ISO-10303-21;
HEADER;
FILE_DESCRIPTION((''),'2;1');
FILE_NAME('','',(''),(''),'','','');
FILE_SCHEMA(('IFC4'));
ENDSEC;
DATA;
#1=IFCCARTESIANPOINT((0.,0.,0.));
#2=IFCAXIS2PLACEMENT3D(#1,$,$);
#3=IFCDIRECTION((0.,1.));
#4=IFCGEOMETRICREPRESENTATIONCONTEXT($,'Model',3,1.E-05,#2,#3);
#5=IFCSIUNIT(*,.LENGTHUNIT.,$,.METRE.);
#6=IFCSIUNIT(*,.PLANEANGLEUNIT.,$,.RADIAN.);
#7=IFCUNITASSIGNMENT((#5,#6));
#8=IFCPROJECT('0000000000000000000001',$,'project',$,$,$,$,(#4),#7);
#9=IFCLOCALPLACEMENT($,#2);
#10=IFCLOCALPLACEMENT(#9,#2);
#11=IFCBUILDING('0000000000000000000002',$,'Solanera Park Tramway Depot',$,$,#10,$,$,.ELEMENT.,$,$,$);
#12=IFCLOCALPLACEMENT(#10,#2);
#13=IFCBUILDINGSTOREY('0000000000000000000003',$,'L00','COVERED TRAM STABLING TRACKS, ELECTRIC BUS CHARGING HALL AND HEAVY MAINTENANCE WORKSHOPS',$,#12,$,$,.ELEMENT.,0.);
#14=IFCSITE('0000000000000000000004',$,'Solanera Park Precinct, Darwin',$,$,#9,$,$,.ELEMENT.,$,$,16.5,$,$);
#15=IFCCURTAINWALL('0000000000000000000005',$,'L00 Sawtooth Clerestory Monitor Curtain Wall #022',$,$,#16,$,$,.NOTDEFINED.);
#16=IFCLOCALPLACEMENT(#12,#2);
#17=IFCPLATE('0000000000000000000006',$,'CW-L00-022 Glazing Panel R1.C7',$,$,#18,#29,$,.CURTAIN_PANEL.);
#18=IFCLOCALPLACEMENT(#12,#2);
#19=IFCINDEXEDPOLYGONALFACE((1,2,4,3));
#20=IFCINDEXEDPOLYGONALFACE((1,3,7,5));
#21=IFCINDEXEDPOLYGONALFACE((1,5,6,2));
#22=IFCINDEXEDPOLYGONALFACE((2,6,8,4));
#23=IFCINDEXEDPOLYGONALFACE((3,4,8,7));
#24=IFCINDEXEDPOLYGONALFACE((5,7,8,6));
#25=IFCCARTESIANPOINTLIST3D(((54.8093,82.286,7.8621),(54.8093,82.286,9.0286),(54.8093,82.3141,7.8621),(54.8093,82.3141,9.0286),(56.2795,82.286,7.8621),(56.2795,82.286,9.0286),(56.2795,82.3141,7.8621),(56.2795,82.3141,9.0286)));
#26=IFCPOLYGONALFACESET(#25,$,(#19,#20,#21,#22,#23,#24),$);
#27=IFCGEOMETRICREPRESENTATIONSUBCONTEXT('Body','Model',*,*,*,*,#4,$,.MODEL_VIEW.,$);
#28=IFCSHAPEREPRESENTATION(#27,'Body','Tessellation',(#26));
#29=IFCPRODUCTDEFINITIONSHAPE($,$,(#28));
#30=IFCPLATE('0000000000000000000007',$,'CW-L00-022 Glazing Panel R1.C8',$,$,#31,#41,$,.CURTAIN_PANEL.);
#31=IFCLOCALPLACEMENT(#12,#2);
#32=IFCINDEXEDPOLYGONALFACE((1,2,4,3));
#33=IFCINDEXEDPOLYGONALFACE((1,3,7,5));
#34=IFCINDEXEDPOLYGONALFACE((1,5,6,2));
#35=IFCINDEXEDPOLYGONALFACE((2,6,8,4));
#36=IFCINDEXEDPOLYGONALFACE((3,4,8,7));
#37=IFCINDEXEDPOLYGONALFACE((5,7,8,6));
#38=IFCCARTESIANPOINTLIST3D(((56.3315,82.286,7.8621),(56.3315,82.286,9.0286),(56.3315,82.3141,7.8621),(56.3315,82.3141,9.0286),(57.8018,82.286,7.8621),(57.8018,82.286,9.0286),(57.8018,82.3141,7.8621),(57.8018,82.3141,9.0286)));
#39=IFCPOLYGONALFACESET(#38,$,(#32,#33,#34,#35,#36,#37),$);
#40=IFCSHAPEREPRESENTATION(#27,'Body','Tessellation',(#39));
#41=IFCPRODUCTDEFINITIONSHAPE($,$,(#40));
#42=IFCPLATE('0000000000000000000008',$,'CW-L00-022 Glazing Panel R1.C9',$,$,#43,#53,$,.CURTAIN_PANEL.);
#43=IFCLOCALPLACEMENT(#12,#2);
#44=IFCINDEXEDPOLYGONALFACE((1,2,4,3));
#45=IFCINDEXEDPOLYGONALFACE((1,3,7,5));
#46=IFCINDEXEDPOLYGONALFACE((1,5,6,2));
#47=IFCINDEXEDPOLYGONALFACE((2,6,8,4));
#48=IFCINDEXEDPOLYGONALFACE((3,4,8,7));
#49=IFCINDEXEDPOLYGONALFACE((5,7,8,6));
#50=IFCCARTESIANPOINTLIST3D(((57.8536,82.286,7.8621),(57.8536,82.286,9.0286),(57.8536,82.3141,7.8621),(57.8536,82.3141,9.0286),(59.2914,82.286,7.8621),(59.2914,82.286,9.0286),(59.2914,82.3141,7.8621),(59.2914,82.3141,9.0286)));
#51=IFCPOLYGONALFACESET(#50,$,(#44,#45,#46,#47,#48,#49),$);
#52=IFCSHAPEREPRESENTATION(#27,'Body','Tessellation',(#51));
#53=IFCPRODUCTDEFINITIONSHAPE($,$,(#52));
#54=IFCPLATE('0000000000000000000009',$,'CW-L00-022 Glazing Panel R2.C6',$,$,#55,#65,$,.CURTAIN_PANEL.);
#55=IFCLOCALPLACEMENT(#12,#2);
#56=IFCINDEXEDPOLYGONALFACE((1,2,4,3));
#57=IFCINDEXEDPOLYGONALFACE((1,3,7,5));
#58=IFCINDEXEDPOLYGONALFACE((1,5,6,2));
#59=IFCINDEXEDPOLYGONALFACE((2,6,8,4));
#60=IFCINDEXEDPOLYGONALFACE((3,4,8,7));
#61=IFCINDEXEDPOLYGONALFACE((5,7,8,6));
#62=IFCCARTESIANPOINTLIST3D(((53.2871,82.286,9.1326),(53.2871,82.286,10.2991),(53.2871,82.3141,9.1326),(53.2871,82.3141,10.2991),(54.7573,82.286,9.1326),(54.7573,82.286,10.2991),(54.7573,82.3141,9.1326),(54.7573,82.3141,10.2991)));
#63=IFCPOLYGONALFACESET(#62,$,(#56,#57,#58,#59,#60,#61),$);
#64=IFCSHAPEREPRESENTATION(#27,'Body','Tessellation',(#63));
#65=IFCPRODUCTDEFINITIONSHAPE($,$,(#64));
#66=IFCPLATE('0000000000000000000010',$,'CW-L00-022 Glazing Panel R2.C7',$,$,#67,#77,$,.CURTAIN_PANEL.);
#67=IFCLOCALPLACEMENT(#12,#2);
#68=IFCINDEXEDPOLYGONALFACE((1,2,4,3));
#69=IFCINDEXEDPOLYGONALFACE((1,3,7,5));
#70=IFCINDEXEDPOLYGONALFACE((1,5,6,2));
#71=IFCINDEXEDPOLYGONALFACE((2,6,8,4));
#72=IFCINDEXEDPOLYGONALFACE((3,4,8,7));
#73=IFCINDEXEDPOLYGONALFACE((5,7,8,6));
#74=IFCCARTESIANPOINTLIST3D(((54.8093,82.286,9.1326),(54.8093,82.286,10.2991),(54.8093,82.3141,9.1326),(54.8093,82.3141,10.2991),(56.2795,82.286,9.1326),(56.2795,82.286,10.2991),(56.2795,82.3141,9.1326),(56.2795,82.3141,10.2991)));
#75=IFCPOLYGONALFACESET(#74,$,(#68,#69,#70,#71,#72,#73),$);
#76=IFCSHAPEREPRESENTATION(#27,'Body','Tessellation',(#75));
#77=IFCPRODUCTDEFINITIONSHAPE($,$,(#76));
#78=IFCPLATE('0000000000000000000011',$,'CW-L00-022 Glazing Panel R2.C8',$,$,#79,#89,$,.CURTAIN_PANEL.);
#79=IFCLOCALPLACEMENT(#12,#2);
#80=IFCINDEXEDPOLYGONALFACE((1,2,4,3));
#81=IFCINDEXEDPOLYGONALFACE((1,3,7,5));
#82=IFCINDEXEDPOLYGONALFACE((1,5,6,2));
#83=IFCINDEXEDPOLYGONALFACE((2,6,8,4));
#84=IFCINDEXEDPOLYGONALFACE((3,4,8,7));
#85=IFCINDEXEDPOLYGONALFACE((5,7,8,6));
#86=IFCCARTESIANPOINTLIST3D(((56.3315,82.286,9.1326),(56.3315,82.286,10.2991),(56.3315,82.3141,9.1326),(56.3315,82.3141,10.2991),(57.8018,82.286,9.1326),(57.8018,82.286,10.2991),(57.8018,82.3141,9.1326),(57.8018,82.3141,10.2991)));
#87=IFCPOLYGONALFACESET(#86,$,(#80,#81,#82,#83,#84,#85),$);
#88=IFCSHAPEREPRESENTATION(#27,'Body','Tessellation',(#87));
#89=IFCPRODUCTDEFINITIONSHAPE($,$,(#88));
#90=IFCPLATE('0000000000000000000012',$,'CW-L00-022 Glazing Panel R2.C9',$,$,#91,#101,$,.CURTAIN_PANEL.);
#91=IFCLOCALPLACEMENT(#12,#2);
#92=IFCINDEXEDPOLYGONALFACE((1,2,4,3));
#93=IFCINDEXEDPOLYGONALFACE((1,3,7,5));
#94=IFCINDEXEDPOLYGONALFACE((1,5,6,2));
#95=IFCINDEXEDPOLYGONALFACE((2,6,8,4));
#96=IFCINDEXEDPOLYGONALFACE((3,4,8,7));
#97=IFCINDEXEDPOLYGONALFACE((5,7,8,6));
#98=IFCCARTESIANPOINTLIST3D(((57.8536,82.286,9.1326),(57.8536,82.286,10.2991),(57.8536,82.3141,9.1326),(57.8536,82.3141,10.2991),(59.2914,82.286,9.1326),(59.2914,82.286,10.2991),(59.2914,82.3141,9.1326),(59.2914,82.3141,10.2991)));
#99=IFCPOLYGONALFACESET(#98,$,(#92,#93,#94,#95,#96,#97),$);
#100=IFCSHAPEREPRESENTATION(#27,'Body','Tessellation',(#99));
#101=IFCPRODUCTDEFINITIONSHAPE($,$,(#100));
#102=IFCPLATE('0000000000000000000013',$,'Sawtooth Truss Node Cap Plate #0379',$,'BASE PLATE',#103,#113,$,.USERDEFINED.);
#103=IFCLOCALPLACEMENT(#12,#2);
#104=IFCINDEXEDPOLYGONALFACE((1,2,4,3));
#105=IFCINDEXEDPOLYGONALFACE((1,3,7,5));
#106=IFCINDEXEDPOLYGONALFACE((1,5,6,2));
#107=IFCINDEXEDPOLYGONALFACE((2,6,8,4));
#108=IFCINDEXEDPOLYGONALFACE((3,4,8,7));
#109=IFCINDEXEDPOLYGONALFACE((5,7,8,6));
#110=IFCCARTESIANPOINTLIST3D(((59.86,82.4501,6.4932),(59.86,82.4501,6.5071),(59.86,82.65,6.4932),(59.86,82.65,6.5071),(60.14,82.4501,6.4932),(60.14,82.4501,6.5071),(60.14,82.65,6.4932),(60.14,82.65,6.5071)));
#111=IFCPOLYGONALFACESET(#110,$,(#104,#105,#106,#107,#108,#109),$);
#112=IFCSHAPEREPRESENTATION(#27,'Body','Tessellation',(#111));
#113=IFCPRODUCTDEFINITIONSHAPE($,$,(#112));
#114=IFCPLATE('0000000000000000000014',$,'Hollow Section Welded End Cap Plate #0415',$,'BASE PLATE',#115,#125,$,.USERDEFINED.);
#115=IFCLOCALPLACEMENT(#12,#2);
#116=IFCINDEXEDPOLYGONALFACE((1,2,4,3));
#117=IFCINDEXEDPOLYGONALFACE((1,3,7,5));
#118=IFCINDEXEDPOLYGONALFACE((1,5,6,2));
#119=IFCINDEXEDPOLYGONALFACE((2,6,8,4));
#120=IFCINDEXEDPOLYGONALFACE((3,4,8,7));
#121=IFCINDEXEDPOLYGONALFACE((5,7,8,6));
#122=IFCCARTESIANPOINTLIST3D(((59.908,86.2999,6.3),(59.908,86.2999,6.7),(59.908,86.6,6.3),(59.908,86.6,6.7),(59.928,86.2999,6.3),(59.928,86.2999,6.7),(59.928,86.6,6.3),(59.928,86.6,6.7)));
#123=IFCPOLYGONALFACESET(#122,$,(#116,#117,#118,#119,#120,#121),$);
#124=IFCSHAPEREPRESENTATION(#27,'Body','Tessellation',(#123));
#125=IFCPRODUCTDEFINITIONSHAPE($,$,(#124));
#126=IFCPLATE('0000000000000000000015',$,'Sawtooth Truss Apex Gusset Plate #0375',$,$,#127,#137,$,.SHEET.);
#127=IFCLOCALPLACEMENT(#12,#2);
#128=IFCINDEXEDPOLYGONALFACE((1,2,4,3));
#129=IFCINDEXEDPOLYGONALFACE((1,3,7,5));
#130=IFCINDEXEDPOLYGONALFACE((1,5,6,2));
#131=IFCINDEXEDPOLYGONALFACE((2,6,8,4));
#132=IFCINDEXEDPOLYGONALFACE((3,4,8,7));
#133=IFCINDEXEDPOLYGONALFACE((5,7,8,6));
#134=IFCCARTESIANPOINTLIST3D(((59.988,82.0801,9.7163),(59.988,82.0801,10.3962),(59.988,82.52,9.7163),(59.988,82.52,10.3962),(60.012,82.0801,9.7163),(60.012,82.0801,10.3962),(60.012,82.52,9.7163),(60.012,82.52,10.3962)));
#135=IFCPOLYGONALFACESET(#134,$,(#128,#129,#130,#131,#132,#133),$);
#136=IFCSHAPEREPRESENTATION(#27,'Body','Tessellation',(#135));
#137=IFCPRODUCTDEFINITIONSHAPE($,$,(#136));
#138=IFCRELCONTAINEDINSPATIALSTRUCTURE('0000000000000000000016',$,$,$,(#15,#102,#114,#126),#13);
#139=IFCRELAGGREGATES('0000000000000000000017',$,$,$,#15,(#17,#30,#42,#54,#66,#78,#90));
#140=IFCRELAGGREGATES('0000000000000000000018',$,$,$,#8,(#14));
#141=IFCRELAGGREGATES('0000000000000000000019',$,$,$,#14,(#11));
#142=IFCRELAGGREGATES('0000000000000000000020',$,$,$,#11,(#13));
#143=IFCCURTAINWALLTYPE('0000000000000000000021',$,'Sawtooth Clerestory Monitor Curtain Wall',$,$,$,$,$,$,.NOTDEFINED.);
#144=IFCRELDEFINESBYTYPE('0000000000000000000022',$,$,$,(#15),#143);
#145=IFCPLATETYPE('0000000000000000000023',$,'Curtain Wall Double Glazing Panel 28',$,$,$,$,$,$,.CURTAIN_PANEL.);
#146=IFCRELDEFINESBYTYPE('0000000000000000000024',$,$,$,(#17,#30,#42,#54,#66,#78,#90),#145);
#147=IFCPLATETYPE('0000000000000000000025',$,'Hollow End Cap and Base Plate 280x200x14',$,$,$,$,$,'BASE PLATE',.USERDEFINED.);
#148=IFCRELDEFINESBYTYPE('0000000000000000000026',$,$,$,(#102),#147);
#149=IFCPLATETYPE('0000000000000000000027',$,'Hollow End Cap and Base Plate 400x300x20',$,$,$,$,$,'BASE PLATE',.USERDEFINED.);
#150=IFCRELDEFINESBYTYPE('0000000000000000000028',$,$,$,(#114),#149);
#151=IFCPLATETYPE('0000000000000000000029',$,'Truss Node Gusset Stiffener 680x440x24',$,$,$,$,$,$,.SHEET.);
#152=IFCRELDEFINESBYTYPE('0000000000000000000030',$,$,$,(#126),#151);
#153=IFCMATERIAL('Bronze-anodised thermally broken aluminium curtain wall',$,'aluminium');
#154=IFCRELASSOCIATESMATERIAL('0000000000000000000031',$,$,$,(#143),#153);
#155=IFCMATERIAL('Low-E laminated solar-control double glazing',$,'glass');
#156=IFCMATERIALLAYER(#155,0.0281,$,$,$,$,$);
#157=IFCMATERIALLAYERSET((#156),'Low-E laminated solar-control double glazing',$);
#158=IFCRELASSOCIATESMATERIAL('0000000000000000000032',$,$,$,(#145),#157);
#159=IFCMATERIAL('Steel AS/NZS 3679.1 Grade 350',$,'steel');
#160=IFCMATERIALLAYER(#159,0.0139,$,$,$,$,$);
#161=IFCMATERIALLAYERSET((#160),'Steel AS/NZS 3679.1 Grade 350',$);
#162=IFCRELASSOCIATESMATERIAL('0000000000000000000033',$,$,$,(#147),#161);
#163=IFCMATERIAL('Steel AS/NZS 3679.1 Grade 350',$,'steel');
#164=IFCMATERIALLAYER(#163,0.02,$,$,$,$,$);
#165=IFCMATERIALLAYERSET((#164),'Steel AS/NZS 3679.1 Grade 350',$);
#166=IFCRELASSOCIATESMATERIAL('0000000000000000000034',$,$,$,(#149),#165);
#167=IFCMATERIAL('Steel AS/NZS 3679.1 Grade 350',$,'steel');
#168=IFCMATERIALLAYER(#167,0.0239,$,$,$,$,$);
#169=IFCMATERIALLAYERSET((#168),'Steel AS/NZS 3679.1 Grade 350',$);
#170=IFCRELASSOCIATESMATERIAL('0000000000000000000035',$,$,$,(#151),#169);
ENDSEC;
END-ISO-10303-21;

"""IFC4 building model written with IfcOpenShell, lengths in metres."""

from ifc_helpers import new_model, si_unit, direction, frame, origin, origin_2d, place, context, subcontext, project, spatial, rectangle, extrude, material, layer, layer_set, type_object, element, aggregate, save


model = new_model("IFC4")

# Units and contexts
model_context = context("Model", 3, precision=1e-05, world=origin(), true_north=direction((0.0, 1.0)))
body_context = subcontext(model_context, "Body", "Model", "MODEL_VIEW")
ifc_project = project(units=[si_unit("LENGTHUNIT", "METRE"), si_unit("PLANEANGLEUNIT", "RADIAN")], contexts=[model_context])

# Site, building, storey
site_placement = place(None, origin())
site = spatial("IfcSite", under=ifc_project, at=site_placement, Name="Solanera Park Precinct, Darwin", CompositionType="ELEMENT", RefElevation=16.5)
building_placement = place(site_placement, origin())
building = spatial("IfcBuilding", under=site, at=building_placement, Name="Solanera Park Tramway Depot", CompositionType="ELEMENT")
storey_placement = place(building_placement, origin())
storey = spatial("IfcBuildingStorey", under=building, at=storey_placement, Name="L00", Description="COVERED TRAM STABLING TRACKS, ELECTRIC BUS CHARGING HALL AND HEAVY MAINTENANCE WORKSHOPS", CompositionType="ELEMENT", Elevation=0.0)

# Curtain wall
ifc_material_1 = material(Name="Bronze-anodised thermally broken aluminium curtain wall", Category="aluminium")
curtain_wall_type = type_object("IfcCurtainWallType", Name="Sawtooth Clerestory Monitor Curtain Wall", PredefinedType="NOTDEFINED", material=ifc_material_1)
curtain_wall_placement = place(storey_placement, origin())
curtain_wall = element("IfcCurtainWall", 1, at=curtain_wall_placement, inside=storey, type_object=curtain_wall_type, Name="L00 Sawtooth Clerestory Monitor Curtain Wall #022", PredefinedType="NOTDEFINED")

# Plates
ifc_material_2 = material(Name="Low-E laminated solar-control double glazing", Category="glass")
ifc_layer_1 = layer(ifc_material_2, 0.0281)
ifc_layer_set_1 = layer_set([ifc_layer_1], Name="Low-E laminated solar-control double glazing")
plate_type_1 = type_object("IfcPlateType", Name="Curtain Wall Double Glazing Panel 28", PredefinedType="CURTAIN_PANEL", material=ifc_layer_set_1)
plate_1_placement = place(storey_placement, frame((55.5444, 82.3, 7.8621), z_axis=(0.0, 0.0, 1.0), x_axis=(1.0, 0.0, 0.0)))
plate_1 = element("IfcPlate", 2, at=plate_1_placement, type_object=plate_type_1, Name="CW-L00-022 Glazing Panel R1.C7", PredefinedType="CURTAIN_PANEL", context=body_context, shape_type="SweptSolid", body=[
    extrude(rectangle(XDim=1.4702, YDim=0.0281, at=origin_2d()), origin(), (0.0, 0.0, 1.0), 1.1665),
])
plate_2_placement = place(storey_placement, frame((57.0667, 82.3, 7.8621), z_axis=(0.0, 0.0, 1.0), x_axis=(1.0, 0.0, 0.0)))
plate_2 = element("IfcPlate", 3, at=plate_2_placement, type_object=plate_type_1, Name="CW-L00-022 Glazing Panel R1.C8", PredefinedType="CURTAIN_PANEL", context=body_context, shape_type="SweptSolid", body=[
    extrude(rectangle(XDim=1.4702, YDim=0.0281, at=origin_2d()), origin(), (0.0, 0.0, 1.0), 1.1665),
])
plate_3_placement = place(storey_placement, frame((58.5725, 82.3, 7.8621), z_axis=(0.0, 0.0, 1.0), x_axis=(1.0, 0.0, 0.0)))
plate_3 = element("IfcPlate", 4, at=plate_3_placement, type_object=plate_type_1, Name="CW-L00-022 Glazing Panel R1.C9", PredefinedType="CURTAIN_PANEL", context=body_context, shape_type="SweptSolid", body=[
    extrude(rectangle(XDim=1.4377, YDim=0.0281, at=origin_2d()), origin(), (0.0, 0.0, 1.0), 1.1665),
])
plate_4_placement = place(storey_placement, frame((54.0222, 82.3, 9.1326), z_axis=(0.0, 0.0, 1.0), x_axis=(1.0, 0.0, 0.0)))
plate_4 = element("IfcPlate", 5, at=plate_4_placement, type_object=plate_type_1, Name="CW-L00-022 Glazing Panel R2.C6", PredefinedType="CURTAIN_PANEL", context=body_context, shape_type="SweptSolid", body=[
    extrude(rectangle(XDim=1.4702, YDim=0.0281, at=origin_2d()), origin(), (0.0, 0.0, 1.0), 1.1665),
])
plate_5_placement = place(storey_placement, frame((55.5444, 82.3, 9.1326), z_axis=(0.0, 0.0, 1.0), x_axis=(1.0, 0.0, 0.0)))
plate_5 = element("IfcPlate", 6, at=plate_5_placement, type_object=plate_type_1, Name="CW-L00-022 Glazing Panel R2.C7", PredefinedType="CURTAIN_PANEL", context=body_context, shape_type="SweptSolid", body=[
    extrude(rectangle(XDim=1.4702, YDim=0.0281, at=origin_2d()), origin(), (0.0, 0.0, 1.0), 1.1665),
])
plate_6_placement = place(storey_placement, frame((57.0667, 82.3, 9.1326), z_axis=(0.0, 0.0, 1.0), x_axis=(1.0, 0.0, 0.0)))
plate_6 = element("IfcPlate", 7, at=plate_6_placement, type_object=plate_type_1, Name="CW-L00-022 Glazing Panel R2.C8", PredefinedType="CURTAIN_PANEL", context=body_context, shape_type="SweptSolid", body=[
    extrude(rectangle(XDim=1.4702, YDim=0.0281, at=origin_2d()), origin(), (0.0, 0.0, 1.0), 1.1665),
])
plate_7_placement = place(storey_placement, frame((58.5725, 82.3, 9.1326), z_axis=(0.0, 0.0, 1.0), x_axis=(1.0, 0.0, 0.0)))
plate_7 = element("IfcPlate", 8, at=plate_7_placement, type_object=plate_type_1, Name="CW-L00-022 Glazing Panel R2.C9", PredefinedType="CURTAIN_PANEL", context=body_context, shape_type="SweptSolid", body=[
    extrude(rectangle(XDim=1.4377, YDim=0.0281, at=origin_2d()), origin(), (0.0, 0.0, 1.0), 1.1665),
])
aggregate(curtain_wall, [plate_1, plate_2, plate_3, plate_4, plate_5, plate_6, plate_7])

# Plates
ifc_material_3 = material(Name="Steel AS/NZS 3679.1 Grade 350", Category="steel")
ifc_layer_2 = layer(ifc_material_3, 0.0139)
ifc_layer_set_2 = layer_set([ifc_layer_2], Name="Steel AS/NZS 3679.1 Grade 350")
plate_type_2 = type_object("IfcPlateType", Name="Hollow End Cap and Base Plate 280x200x14", ElementType="BASE PLATE", PredefinedType="USERDEFINED", material=ifc_layer_set_2)
plate_8_placement = place(storey_placement, frame((60.0, 82.55, 6.4932), z_axis=(0.0, 0.0, 1.0), x_axis=(1.0, 0.0, 0.0)))
element("IfcPlate", 9, at=plate_8_placement, inside=storey, type_object=plate_type_2, Name="Sawtooth Truss Node Cap Plate #0379", ObjectType="BASE PLATE", PredefinedType="USERDEFINED", context=body_context, shape_type="SweptSolid", body=[
    extrude(rectangle(XDim=0.28, YDim=0.2, at=origin_2d()), origin(), (0.0, 0.0, 1.0), 0.0139),
])
ifc_material_4 = material(Name="Steel AS/NZS 3679.1 Grade 350", Category="steel")
ifc_layer_3 = layer(ifc_material_4, 0.02)
ifc_layer_set_3 = layer_set([ifc_layer_3], Name="Steel AS/NZS 3679.1 Grade 350")
plate_type_3 = type_object("IfcPlateType", Name="Hollow End Cap and Base Plate 400x300x20", ElementType="BASE PLATE", PredefinedType="USERDEFINED", material=ifc_layer_set_3)
plate_9_placement = place(storey_placement, frame((59.918, 86.45, 6.3), z_axis=(0.0, 0.0, 1.0), x_axis=(1.0, 0.0, 0.0)))
element("IfcPlate", 10, at=plate_9_placement, inside=storey, type_object=plate_type_3, Name="Hollow Section Welded End Cap Plate #0415", ObjectType="BASE PLATE", PredefinedType="USERDEFINED", context=body_context, shape_type="SweptSolid", body=[
    extrude(rectangle(XDim=0.02, YDim=0.3, at=origin_2d()), origin(), (0.0, 0.0, 1.0), 0.3999),
])
ifc_material_5 = material(Name="Steel AS/NZS 3679.1 Grade 350", Category="steel")
ifc_layer_4 = layer(ifc_material_5, 0.0239)
ifc_layer_set_4 = layer_set([ifc_layer_4], Name="Steel AS/NZS 3679.1 Grade 350")
plate_type_4 = type_object("IfcPlateType", Name="Truss Node Gusset Stiffener 680x440x24", PredefinedType="SHEET", material=ifc_layer_set_4)
plate_10_placement = place(storey_placement, frame((60.0, 82.3, 9.7163), z_axis=(0.0, 0.0, 1.0), x_axis=(1.0, 0.0, 0.0)))
element("IfcPlate", 11, at=plate_10_placement, inside=storey, type_object=plate_type_4, Name="Sawtooth Truss Apex Gusset Plate #0375", PredefinedType="SHEET", context=body_context, shape_type="SweptSolid", body=[
    extrude(rectangle(XDim=0.0239, YDim=0.4399, at=origin_2d()), origin(), (0.0, 0.0, 1.0), 0.6799),
])

save(model, "model.ifc")
